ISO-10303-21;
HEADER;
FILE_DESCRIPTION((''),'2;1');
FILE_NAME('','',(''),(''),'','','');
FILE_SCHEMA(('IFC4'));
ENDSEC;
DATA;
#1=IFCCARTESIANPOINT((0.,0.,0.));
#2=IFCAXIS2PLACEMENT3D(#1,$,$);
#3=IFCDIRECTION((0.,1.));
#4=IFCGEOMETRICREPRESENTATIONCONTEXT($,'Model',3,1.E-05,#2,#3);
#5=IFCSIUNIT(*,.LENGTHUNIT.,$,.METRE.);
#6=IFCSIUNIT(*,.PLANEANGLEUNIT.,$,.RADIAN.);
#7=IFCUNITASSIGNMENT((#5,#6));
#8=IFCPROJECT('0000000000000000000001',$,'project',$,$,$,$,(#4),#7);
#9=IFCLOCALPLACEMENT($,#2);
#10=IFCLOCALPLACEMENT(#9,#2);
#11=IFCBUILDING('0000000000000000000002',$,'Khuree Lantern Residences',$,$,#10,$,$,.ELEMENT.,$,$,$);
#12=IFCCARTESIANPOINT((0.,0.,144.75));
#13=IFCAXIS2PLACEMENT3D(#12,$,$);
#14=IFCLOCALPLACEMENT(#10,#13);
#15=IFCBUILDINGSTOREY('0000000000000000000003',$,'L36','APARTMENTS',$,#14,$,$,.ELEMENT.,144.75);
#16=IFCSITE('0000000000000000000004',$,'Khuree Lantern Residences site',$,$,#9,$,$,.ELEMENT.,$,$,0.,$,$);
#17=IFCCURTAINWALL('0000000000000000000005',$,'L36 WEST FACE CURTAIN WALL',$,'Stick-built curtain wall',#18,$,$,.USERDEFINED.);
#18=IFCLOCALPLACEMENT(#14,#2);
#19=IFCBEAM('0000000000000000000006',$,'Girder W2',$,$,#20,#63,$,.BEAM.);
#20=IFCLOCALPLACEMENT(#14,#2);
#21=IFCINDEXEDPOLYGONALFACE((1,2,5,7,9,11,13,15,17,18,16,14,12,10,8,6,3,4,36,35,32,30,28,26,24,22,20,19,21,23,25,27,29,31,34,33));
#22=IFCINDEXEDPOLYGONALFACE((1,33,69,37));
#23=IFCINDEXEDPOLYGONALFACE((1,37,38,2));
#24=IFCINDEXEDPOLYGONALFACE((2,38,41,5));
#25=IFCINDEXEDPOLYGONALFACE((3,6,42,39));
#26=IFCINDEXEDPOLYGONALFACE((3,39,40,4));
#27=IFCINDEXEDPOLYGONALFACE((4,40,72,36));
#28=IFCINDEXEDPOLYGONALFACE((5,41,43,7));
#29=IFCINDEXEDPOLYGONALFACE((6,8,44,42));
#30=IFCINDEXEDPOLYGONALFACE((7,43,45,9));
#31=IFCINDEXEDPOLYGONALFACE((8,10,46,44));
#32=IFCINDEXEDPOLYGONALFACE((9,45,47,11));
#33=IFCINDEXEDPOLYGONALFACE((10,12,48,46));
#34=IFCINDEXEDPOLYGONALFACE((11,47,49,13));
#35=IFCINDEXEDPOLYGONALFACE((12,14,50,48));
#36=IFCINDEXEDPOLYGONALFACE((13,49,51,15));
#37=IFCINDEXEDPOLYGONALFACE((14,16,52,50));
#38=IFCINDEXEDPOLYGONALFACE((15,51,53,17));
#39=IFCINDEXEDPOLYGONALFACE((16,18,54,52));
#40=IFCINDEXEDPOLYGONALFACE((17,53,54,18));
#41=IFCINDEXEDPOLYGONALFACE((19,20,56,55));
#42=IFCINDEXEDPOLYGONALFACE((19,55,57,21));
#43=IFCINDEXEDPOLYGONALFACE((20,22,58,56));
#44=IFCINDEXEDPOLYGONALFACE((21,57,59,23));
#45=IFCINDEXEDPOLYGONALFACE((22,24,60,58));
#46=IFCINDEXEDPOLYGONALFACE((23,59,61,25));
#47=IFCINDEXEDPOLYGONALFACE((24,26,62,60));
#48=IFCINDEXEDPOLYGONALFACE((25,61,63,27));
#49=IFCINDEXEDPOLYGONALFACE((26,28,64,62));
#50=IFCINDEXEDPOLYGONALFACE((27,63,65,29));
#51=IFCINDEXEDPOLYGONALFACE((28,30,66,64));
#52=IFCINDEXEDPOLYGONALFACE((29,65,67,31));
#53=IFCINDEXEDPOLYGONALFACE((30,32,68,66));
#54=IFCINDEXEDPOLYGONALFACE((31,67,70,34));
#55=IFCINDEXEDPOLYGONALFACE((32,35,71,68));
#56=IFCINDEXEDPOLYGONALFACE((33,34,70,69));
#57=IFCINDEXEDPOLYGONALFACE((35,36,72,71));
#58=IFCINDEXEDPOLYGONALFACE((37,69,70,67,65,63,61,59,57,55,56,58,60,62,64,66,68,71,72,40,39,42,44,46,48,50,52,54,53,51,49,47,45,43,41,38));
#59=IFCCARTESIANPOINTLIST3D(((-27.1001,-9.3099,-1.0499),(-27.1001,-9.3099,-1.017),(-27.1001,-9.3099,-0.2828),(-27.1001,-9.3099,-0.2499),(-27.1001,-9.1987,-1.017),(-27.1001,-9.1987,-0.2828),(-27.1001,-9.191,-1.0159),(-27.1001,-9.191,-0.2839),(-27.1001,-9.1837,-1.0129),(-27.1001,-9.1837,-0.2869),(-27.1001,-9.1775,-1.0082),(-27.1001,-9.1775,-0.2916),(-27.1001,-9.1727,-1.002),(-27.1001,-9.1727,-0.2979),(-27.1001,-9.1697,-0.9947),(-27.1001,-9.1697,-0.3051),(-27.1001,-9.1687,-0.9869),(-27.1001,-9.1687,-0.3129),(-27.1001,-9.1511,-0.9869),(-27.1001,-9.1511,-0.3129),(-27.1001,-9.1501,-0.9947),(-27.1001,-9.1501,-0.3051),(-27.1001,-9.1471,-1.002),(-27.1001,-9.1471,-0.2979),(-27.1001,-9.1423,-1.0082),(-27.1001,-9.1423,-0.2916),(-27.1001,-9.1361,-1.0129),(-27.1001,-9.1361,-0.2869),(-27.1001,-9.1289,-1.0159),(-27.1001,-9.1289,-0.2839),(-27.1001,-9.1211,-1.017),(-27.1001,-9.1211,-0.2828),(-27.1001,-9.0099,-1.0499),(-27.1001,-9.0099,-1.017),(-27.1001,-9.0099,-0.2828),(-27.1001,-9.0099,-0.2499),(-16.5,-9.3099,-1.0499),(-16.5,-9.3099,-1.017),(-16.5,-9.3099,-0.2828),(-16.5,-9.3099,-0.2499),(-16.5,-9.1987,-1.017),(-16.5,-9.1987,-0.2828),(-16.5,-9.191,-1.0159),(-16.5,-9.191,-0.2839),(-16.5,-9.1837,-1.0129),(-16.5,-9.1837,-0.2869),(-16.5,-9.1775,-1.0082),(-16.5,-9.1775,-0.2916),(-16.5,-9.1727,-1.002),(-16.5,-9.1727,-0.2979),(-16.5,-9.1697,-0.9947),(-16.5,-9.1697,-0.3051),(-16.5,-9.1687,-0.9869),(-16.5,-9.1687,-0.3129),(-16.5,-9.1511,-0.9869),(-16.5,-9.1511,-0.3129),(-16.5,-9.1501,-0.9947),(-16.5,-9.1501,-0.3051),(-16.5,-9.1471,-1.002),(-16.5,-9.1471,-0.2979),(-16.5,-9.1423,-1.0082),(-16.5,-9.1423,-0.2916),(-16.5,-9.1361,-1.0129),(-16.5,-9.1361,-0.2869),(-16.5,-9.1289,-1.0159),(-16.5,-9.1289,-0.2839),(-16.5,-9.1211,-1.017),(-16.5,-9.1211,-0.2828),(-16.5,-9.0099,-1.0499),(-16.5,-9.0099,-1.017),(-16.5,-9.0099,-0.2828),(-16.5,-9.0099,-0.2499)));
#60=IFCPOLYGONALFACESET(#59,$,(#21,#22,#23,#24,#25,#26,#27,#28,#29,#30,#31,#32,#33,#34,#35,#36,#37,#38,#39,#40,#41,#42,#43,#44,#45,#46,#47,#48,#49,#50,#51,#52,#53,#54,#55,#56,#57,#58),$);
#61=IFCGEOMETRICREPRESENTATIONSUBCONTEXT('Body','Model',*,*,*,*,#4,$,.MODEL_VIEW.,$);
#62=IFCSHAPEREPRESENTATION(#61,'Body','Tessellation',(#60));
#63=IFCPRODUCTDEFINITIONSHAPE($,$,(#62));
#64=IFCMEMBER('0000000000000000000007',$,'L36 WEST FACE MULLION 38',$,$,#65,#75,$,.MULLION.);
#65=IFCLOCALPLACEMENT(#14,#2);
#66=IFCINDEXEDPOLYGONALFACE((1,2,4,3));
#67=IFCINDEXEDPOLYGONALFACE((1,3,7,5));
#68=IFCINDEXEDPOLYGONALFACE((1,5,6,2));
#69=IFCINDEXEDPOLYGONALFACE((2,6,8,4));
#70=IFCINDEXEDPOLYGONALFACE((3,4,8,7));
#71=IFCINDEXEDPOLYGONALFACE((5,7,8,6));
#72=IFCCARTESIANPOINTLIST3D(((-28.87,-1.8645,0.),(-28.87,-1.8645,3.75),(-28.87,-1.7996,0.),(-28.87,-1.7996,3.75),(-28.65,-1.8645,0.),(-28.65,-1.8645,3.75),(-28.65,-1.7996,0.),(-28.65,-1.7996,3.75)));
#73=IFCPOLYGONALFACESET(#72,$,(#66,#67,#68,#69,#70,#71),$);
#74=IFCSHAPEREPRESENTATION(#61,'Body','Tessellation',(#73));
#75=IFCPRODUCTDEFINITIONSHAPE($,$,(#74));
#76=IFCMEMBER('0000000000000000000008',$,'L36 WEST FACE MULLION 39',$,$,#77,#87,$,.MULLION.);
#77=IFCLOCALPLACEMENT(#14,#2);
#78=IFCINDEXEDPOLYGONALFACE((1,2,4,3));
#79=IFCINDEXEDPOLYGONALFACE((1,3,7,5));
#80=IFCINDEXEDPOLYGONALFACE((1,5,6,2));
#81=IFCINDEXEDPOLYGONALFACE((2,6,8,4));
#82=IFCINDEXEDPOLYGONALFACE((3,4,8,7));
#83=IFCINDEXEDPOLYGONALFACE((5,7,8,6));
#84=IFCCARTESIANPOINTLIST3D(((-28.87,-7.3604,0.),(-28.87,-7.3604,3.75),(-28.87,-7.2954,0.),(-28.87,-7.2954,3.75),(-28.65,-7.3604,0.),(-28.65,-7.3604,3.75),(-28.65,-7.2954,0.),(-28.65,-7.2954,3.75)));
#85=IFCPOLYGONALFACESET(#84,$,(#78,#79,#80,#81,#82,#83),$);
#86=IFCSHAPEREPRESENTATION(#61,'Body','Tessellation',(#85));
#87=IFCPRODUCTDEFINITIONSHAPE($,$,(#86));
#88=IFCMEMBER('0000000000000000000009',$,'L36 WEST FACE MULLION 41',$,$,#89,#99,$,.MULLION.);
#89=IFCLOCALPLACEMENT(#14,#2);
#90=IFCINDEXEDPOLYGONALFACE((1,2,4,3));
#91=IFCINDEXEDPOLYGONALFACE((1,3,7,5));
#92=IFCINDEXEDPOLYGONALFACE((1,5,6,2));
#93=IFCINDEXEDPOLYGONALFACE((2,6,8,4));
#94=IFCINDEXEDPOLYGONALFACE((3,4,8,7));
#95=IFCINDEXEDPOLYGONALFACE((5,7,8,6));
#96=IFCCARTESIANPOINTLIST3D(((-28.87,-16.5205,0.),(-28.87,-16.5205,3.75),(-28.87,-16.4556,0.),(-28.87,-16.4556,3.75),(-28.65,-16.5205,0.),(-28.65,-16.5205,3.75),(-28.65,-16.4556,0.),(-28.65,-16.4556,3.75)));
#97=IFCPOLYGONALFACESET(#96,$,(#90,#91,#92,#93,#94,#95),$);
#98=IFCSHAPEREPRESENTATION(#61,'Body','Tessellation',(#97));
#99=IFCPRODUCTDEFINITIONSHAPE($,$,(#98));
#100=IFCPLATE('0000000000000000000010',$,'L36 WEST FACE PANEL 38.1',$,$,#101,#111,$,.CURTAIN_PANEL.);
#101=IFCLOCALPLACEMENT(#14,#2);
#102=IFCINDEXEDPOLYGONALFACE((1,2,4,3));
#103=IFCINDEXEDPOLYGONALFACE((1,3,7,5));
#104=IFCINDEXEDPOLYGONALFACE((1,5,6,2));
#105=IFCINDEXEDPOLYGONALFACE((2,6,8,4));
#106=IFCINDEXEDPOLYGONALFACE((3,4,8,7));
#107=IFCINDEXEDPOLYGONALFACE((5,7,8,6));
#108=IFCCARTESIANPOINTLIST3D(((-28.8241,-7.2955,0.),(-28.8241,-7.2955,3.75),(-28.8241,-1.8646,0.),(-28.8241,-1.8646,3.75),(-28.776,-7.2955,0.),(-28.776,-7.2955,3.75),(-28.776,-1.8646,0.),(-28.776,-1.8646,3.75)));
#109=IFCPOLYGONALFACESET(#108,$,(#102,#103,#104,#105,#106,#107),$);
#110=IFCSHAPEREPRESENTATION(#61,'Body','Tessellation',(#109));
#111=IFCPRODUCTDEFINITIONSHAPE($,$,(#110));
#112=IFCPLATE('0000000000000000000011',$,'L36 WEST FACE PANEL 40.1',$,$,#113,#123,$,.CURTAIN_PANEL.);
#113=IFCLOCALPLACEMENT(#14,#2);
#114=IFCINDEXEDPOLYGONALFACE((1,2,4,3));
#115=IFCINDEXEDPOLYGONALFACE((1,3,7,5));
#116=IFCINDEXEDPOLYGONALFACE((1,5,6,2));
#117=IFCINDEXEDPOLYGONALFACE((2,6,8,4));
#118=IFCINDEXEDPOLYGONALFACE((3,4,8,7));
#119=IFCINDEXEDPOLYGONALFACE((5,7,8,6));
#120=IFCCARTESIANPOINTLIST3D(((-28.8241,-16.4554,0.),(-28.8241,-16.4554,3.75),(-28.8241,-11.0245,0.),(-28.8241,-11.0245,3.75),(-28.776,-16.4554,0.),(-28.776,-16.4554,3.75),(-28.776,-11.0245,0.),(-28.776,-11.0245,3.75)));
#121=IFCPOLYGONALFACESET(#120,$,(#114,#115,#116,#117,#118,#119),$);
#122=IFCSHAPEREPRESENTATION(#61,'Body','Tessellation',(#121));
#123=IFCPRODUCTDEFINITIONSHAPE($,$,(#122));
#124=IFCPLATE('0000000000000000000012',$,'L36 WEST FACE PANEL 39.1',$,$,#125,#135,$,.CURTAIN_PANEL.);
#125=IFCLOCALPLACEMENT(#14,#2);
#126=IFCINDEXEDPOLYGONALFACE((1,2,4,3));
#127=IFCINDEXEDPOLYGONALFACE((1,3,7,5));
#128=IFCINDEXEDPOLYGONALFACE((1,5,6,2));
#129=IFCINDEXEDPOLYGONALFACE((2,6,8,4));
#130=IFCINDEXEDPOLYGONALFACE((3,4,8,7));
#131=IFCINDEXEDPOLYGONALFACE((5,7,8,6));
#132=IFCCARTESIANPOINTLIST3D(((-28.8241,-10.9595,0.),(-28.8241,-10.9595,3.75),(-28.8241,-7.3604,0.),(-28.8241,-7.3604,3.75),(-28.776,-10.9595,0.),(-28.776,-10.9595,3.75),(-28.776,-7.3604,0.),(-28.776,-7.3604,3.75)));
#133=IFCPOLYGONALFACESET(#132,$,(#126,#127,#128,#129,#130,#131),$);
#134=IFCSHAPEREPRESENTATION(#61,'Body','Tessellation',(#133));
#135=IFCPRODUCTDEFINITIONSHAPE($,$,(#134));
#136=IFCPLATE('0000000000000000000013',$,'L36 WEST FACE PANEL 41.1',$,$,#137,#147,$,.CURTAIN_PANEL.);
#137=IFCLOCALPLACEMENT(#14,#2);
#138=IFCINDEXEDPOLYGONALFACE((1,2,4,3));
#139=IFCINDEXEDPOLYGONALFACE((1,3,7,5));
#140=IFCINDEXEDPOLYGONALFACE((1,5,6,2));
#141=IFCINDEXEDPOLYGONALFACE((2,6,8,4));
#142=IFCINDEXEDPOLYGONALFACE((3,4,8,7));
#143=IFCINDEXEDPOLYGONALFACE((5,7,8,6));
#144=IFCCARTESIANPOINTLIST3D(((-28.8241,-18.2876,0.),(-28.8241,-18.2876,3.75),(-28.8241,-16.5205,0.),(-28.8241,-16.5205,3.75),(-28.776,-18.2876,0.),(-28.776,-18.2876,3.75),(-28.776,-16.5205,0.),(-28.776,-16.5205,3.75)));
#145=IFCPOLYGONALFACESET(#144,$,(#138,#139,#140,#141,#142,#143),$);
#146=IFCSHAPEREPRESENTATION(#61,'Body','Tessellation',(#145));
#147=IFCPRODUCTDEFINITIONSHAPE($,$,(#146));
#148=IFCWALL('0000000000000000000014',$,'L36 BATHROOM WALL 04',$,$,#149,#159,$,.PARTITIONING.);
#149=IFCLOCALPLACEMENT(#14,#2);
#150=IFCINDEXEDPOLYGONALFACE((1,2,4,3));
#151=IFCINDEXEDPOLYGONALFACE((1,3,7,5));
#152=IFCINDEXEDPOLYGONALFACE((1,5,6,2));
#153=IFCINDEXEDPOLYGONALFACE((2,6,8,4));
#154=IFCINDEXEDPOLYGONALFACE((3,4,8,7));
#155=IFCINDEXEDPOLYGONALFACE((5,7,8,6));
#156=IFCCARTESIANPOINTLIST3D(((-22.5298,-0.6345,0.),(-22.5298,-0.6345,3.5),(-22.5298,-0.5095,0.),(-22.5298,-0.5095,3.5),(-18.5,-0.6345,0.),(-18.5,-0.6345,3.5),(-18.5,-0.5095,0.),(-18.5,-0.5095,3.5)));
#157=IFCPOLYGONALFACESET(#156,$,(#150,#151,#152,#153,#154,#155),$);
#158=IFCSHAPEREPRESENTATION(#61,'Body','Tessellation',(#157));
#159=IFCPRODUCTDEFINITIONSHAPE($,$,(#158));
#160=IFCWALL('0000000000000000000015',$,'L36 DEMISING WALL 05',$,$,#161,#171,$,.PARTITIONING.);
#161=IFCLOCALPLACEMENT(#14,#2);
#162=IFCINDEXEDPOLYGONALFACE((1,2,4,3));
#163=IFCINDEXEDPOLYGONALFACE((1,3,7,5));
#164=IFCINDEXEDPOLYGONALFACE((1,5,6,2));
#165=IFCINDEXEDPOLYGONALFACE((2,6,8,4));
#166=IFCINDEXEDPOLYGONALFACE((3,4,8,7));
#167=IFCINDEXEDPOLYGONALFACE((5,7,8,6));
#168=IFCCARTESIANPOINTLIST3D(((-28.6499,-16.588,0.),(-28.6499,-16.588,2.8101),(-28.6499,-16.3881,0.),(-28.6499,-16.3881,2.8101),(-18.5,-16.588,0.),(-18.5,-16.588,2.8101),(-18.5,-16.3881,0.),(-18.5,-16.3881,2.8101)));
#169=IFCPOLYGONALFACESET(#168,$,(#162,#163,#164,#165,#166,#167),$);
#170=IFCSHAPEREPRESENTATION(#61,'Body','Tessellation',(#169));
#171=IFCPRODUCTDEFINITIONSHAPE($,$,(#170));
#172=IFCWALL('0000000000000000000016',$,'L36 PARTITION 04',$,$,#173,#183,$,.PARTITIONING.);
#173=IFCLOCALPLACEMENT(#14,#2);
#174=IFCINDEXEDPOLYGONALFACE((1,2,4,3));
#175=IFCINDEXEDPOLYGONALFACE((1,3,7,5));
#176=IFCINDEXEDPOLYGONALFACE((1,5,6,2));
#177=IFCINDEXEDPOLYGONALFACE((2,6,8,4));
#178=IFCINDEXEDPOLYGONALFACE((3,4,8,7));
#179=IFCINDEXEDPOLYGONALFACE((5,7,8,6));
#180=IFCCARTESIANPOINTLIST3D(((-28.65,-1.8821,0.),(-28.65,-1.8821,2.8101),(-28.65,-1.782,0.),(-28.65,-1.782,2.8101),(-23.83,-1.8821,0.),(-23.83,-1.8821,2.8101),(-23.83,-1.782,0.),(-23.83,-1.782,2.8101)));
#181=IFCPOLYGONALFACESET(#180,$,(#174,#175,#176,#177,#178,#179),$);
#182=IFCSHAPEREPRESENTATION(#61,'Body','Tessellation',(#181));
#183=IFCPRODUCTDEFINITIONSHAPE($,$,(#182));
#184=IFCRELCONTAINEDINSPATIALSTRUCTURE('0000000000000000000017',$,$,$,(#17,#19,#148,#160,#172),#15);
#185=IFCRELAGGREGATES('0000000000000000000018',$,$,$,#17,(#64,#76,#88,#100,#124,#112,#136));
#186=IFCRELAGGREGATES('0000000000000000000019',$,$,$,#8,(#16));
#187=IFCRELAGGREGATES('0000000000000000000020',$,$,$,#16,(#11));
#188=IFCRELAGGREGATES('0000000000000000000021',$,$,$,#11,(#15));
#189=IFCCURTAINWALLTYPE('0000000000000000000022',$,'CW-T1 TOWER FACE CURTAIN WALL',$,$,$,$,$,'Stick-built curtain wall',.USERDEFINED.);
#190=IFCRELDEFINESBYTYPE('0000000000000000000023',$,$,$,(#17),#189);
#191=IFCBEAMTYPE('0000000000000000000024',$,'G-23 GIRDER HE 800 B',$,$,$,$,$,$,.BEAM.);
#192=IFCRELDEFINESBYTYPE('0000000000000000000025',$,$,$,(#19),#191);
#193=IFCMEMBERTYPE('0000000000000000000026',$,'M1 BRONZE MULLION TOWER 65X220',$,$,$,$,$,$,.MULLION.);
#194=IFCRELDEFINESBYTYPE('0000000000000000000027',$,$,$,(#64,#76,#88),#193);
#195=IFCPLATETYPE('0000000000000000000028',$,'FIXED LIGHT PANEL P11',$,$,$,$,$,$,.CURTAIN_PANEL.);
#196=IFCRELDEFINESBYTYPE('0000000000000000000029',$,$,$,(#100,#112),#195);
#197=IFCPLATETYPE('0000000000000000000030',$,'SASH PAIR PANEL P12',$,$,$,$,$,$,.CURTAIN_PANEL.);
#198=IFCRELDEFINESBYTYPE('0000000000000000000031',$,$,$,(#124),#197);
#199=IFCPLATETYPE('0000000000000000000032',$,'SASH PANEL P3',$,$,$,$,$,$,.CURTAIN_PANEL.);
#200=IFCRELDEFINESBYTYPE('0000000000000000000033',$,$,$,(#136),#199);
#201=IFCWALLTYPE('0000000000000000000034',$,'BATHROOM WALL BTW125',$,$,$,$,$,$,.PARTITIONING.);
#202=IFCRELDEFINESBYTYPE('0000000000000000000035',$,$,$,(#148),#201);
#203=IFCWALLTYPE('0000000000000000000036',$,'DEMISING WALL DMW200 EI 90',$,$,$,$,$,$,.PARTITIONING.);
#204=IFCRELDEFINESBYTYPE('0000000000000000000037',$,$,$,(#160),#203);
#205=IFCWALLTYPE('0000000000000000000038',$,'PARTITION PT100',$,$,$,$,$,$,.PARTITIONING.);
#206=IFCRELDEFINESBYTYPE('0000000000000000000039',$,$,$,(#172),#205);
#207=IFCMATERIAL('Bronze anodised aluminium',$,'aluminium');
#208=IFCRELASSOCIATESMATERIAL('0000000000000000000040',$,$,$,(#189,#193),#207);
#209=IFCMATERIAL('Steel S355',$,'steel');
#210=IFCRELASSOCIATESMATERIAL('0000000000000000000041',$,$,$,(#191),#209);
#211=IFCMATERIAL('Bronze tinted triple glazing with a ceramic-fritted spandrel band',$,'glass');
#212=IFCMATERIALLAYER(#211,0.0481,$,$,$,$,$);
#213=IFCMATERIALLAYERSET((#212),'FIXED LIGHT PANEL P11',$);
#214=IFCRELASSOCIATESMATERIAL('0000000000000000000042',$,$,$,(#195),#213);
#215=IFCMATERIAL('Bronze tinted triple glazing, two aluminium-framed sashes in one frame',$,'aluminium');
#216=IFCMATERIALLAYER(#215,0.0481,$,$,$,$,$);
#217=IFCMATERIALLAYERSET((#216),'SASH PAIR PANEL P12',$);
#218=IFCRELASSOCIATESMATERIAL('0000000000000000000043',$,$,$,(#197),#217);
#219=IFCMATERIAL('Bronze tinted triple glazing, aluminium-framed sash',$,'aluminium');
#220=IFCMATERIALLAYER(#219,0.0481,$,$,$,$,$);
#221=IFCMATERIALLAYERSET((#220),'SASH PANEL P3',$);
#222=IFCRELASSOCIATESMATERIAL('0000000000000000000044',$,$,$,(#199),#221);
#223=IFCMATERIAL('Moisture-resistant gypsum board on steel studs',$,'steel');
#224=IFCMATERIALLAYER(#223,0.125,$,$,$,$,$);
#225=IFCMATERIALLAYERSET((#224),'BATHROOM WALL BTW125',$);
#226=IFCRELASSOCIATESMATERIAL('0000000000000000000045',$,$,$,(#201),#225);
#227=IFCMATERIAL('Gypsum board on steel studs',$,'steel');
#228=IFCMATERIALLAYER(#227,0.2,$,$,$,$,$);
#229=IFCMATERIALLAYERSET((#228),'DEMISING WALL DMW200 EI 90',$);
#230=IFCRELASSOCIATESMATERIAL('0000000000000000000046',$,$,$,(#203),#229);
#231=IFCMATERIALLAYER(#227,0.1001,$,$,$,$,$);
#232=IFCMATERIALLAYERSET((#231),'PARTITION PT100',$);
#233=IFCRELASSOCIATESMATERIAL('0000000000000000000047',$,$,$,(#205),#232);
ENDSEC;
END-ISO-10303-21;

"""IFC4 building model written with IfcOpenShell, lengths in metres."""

from ifc_helpers import new_model, si_unit, direction, frame, frame_2d, origin, origin_2d, place, context, subcontext, project, spatial, rectangle, i_section, extrude, material, layer, layer_set, material_profile, profile_set, type_object, element, aggregate, save


model = new_model("IFC4")

# Units and contexts
model_context = context("Model", 3, precision=1e-05, world=origin(), true_north=direction((0.0, 1.0)))
body_context = subcontext(model_context, "Body", "Model", "MODEL_VIEW")
ifc_project = project(units=[si_unit("LENGTHUNIT", "METRE"), si_unit("PLANEANGLEUNIT", "RADIAN")], contexts=[model_context])

# Site, building, storey
site_placement = place(None, origin())
site = spatial("IfcSite", under=ifc_project, at=site_placement, Name="Khuree Lantern Residences site", CompositionType="ELEMENT", RefElevation=0.0)
building_placement = place(site_placement, origin())
building = spatial("IfcBuilding", under=site, at=building_placement, Name="Khuree Lantern Residences", CompositionType="ELEMENT")
storey_placement = place(building_placement, frame((0.0, 0.0, 144.75)))
storey = spatial("IfcBuildingStorey", under=building, at=storey_placement, Name="L36", Description="APARTMENTS", CompositionType="ELEMENT", Elevation=144.75)

# Shared definitions
ifc_material_1 = material(Name="Steel S355", Category="steel")

# Curtain wall
ifc_material_2 = material(Name="Bronze anodised aluminium", Category="aluminium")
curtain_wall_type = type_object("IfcCurtainWallType", Name="CW-T1 TOWER FACE CURTAIN WALL", ElementType="Stick-built curtain wall", PredefinedType="USERDEFINED", material=ifc_material_2)
curtain_wall_placement = place(storey_placement, origin())
curtain_wall = element("IfcCurtainWall", 1, at=curtain_wall_placement, inside=storey, type_object=curtain_wall_type, Name="L36 WEST FACE CURTAIN WALL", ObjectType="Stick-built curtain wall", PredefinedType="USERDEFINED")

# Beam
ifc_material_profile_1 = material_profile(ifc_material_1, i_section(OverallWidth=0.3, OverallDepth=0.8, WebThickness=0.0176, FlangeThickness=0.033, FilletRadius=0.03, at=origin_2d()), Name="HE 800 B")
ifc_profile_set_1 = profile_set([ifc_material_profile_1], Name="Steel S355")
beam_type_1 = type_object("IfcBeamType", Name="G-23 GIRDER HE 800 B", PredefinedType="BEAM", material=ifc_profile_set_1)
beam_1_placement = place(storey_placement, frame((-27.1001, -9.1599, -0.6499), z_axis=(1.0, 0.0, 0.0), x_axis=(0.0, 1.0, 0.0)))
element("IfcBeam", 2, at=beam_1_placement, inside=storey, type_object=beam_type_1, Name="Girder W2", PredefinedType="BEAM", context=body_context, shape_type="SweptSolid", body=[
    extrude(i_section(OverallWidth=0.3, OverallDepth=0.8, WebThickness=0.0176, FlangeThickness=0.033, FilletRadius=0.03, at=origin_2d()), origin(), (0.0, 0.0, 1.0), 10.6001),
])

# Members
ifc_material_profile_2 = material_profile(ifc_material_2, rectangle(XDim=0.0649, YDim=0.22, at=origin_2d()), Name="M1 65X220")
ifc_profile_set_2 = profile_set([ifc_material_profile_2], Name="Bronze anodised aluminium")
member_type_1 = type_object("IfcMemberType", Name="M1 BRONZE MULLION TOWER 65X220", PredefinedType="MULLION", material=ifc_profile_set_2)
member_1_placement = place(storey_placement, frame((-28.76, -1.832, 0.0), z_axis=(0.0, 0.0, 1.0), x_axis=(0.0, -1.0, 0.0)))
member_1 = element("IfcMember", 3, at=member_1_placement, type_object=member_type_1, Name="L36 WEST FACE MULLION 38", PredefinedType="MULLION", context=body_context, shape_type="SweptSolid", body=[
    extrude(rectangle(XDim=0.0649, YDim=0.22, at=origin_2d()), origin(), (0.0, 0.0, 1.0), 3.75),
])
member_2_placement = place(storey_placement, frame((-28.76, -7.3279, 0.0), z_axis=(0.0, 0.0, 1.0), x_axis=(0.0, -1.0, 0.0)))
member_2 = element("IfcMember", 4, at=member_2_placement, type_object=member_type_1, Name="L36 WEST FACE MULLION 39", PredefinedType="MULLION", context=body_context, shape_type="SweptSolid", body=[
    extrude(rectangle(XDim=0.0649, YDim=0.22, at=origin_2d()), origin(), (0.0, 0.0, 1.0), 3.75),
])
member_3_placement = place(storey_placement, frame((-28.76, -16.488, 0.0), z_axis=(0.0, 0.0, 1.0), x_axis=(0.0, -1.0, 0.0)))
member_3 = element("IfcMember", 5, at=member_3_placement, type_object=member_type_1, Name="L36 WEST FACE MULLION 41", PredefinedType="MULLION", context=body_context, shape_type="SweptSolid", body=[
    extrude(rectangle(XDim=0.0649, YDim=0.22, at=origin_2d()), origin(), (0.0, 0.0, 1.0), 3.75),
])

# Plates
ifc_material_3 = material(Name="Bronze tinted triple glazing with a ceramic-fritted spandrel band", Category="glass")
ifc_layer_1 = layer(ifc_material_3, 0.0481)
ifc_layer_set_1 = layer_set([ifc_layer_1], Name="FIXED LIGHT PANEL P11")
plate_type_1 = type_object("IfcPlateType", Name="FIXED LIGHT PANEL P11", PredefinedType="CURTAIN_PANEL", material=ifc_layer_set_1)
plate_1_placement = place(storey_placement, frame((-28.8, -4.5801, 0.0), z_axis=(0.0, 0.0, 1.0), x_axis=(0.0, -1.0, 0.0)))
plate_1 = element("IfcPlate", 6, at=plate_1_placement, type_object=plate_type_1, Name="L36 WEST FACE PANEL 38.1", PredefinedType="CURTAIN_PANEL", context=body_context, shape_type="SweptSolid", body=[
    extrude(rectangle(XDim=5.4309, YDim=0.0481, at=origin_2d()), origin(), (0.0, 0.0, 1.0), 3.75),
])
plate_2_placement = place(storey_placement, frame((-28.8, -13.74, 0.0), z_axis=(0.0, 0.0, 1.0), x_axis=(0.0, -1.0, 0.0)))
plate_2 = element("IfcPlate", 7, at=plate_2_placement, type_object=plate_type_1, Name="L36 WEST FACE PANEL 40.1", PredefinedType="CURTAIN_PANEL", context=body_context, shape_type="SweptSolid", body=[
    extrude(rectangle(XDim=5.4309, YDim=0.0481, at=origin_2d()), origin(), (0.0, 0.0, 1.0), 3.75),
])
ifc_material_4 = material(Name="Bronze tinted triple glazing, two aluminium-framed sashes in one frame", Category="aluminium")
ifc_layer_2 = layer(ifc_material_4, 0.0481)
ifc_layer_set_2 = layer_set([ifc_layer_2], Name="SASH PAIR PANEL P12")
plate_type_2 = type_object("IfcPlateType", Name="SASH PAIR PANEL P12", PredefinedType="CURTAIN_PANEL", material=ifc_layer_set_2)
plate_3_placement = place(storey_placement, frame((-28.8, -9.1599, 0.0), z_axis=(0.0, 0.0, 1.0), x_axis=(0.0, -1.0, 0.0)))
plate_3 = element("IfcPlate", 8, at=plate_3_placement, type_object=plate_type_2, Name="L36 WEST FACE PANEL 39.1", PredefinedType="CURTAIN_PANEL", context=body_context, shape_type="SweptSolid", body=[
    extrude(rectangle(XDim=3.5991, YDim=0.0481, at=origin_2d()), origin(), (0.0, 0.0, 1.0), 3.75),
])
ifc_material_5 = material(Name="Bronze tinted triple glazing, aluminium-framed sash", Category="aluminium")
ifc_layer_3 = layer(ifc_material_5, 0.0481)
ifc_layer_set_3 = layer_set([ifc_layer_3], Name="SASH PANEL P3")
plate_type_3 = type_object("IfcPlateType", Name="SASH PANEL P3", PredefinedType="CURTAIN_PANEL", material=ifc_layer_set_3)
plate_4_placement = place(storey_placement, frame((-28.8, -17.4041, 0.0), z_axis=(0.0, 0.0, 1.0), x_axis=(0.0, -1.0, 0.0)))
plate_4 = element("IfcPlate", 9, at=plate_4_placement, type_object=plate_type_3, Name="L36 WEST FACE PANEL 41.1", PredefinedType="CURTAIN_PANEL", context=body_context, shape_type="SweptSolid", body=[
    extrude(rectangle(XDim=1.7671, YDim=0.0481, at=origin_2d()), origin(), (0.0, 0.0, 1.0), 3.75),
])
aggregate(curtain_wall, [member_1, member_2, member_3, plate_1, plate_3, plate_2, plate_4])

# Walls
ifc_material_6 = material(Name="Moisture-resistant gypsum board on steel studs", Category="steel")
ifc_layer_4 = layer(ifc_material_6, 0.125)
ifc_layer_set_4 = layer_set([ifc_layer_4], Name="BATHROOM WALL BTW125")
wall_type_1 = type_object("IfcWallType", Name="BATHROOM WALL BTW125", PredefinedType="PARTITIONING", material=ifc_layer_set_4)
wall_1_placement = place(storey_placement, frame((-18.5, -0.572, 0.0), z_axis=(0.0, 0.0, 1.0), x_axis=(-1.0, 0.0, 0.0)))
element("IfcWall", 10, at=wall_1_placement, inside=storey, type_object=wall_type_1, Name="L36 BATHROOM WALL 04", PredefinedType="PARTITIONING", context=body_context, shape_type="SweptSolid", body=[
    extrude(rectangle(XDim=4.0298, YDim=0.125, at=frame_2d((2.0149, 0.0))), origin(), (0.0, 0.0, 1.0), 3.5),
])
ifc_material_7 = material(Name="Gypsum board on steel studs", Category="steel")
ifc_layer_5 = layer(ifc_material_7, 0.2)
ifc_layer_set_5 = layer_set([ifc_layer_5], Name="DEMISING WALL DMW200 EI 90")
wall_type_2 = type_object("IfcWallType", Name="DEMISING WALL DMW200 EI 90", PredefinedType="PARTITIONING", material=ifc_layer_set_5)
wall_2_placement = place(storey_placement, frame((-18.5, -16.488, 0.0), z_axis=(0.0, 0.0, 1.0), x_axis=(-1.0, 0.0, 0.0)))
element("IfcWall", 11, at=wall_2_placement, inside=storey, type_object=wall_type_2, Name="L36 DEMISING WALL 05", PredefinedType="PARTITIONING", context=body_context, shape_type="SweptSolid", body=[
    extrude(rectangle(XDim=10.1499, YDim=0.2, at=frame_2d((5.075, 0.0))), origin(), (0.0, 0.0, 1.0), 2.8101),
])
ifc_layer_6 = layer(ifc_material_7, 0.1001)
ifc_layer_set_6 = layer_set([ifc_layer_6], Name="PARTITION PT100")
wall_type_3 = type_object("IfcWallType", Name="PARTITION PT100", PredefinedType="PARTITIONING", material=ifc_layer_set_6)
for number, where, z_axis, x_axis, name in (
    (12, (-23.8298, -1.832, 0.0), (0.0, 0.0, 1.0), (-1.0, 0.0, 0.0), "L36 PARTITION 04"),
):
    element("IfcWall", number, at=place(storey_placement, frame(where, z_axis=z_axis, x_axis=x_axis)), inside=storey, type_object=wall_type_3, Name=name, PredefinedType="PARTITIONING", context=body_context, shape_type="SweptSolid", body=[
        extrude(rectangle(XDim=4.8201, YDim=0.1001, at=frame_2d((2.4102, 0.0))), origin(), (0.0, 0.0, 1.0), 2.8101),
    ])

save(model, "model.ifc")
